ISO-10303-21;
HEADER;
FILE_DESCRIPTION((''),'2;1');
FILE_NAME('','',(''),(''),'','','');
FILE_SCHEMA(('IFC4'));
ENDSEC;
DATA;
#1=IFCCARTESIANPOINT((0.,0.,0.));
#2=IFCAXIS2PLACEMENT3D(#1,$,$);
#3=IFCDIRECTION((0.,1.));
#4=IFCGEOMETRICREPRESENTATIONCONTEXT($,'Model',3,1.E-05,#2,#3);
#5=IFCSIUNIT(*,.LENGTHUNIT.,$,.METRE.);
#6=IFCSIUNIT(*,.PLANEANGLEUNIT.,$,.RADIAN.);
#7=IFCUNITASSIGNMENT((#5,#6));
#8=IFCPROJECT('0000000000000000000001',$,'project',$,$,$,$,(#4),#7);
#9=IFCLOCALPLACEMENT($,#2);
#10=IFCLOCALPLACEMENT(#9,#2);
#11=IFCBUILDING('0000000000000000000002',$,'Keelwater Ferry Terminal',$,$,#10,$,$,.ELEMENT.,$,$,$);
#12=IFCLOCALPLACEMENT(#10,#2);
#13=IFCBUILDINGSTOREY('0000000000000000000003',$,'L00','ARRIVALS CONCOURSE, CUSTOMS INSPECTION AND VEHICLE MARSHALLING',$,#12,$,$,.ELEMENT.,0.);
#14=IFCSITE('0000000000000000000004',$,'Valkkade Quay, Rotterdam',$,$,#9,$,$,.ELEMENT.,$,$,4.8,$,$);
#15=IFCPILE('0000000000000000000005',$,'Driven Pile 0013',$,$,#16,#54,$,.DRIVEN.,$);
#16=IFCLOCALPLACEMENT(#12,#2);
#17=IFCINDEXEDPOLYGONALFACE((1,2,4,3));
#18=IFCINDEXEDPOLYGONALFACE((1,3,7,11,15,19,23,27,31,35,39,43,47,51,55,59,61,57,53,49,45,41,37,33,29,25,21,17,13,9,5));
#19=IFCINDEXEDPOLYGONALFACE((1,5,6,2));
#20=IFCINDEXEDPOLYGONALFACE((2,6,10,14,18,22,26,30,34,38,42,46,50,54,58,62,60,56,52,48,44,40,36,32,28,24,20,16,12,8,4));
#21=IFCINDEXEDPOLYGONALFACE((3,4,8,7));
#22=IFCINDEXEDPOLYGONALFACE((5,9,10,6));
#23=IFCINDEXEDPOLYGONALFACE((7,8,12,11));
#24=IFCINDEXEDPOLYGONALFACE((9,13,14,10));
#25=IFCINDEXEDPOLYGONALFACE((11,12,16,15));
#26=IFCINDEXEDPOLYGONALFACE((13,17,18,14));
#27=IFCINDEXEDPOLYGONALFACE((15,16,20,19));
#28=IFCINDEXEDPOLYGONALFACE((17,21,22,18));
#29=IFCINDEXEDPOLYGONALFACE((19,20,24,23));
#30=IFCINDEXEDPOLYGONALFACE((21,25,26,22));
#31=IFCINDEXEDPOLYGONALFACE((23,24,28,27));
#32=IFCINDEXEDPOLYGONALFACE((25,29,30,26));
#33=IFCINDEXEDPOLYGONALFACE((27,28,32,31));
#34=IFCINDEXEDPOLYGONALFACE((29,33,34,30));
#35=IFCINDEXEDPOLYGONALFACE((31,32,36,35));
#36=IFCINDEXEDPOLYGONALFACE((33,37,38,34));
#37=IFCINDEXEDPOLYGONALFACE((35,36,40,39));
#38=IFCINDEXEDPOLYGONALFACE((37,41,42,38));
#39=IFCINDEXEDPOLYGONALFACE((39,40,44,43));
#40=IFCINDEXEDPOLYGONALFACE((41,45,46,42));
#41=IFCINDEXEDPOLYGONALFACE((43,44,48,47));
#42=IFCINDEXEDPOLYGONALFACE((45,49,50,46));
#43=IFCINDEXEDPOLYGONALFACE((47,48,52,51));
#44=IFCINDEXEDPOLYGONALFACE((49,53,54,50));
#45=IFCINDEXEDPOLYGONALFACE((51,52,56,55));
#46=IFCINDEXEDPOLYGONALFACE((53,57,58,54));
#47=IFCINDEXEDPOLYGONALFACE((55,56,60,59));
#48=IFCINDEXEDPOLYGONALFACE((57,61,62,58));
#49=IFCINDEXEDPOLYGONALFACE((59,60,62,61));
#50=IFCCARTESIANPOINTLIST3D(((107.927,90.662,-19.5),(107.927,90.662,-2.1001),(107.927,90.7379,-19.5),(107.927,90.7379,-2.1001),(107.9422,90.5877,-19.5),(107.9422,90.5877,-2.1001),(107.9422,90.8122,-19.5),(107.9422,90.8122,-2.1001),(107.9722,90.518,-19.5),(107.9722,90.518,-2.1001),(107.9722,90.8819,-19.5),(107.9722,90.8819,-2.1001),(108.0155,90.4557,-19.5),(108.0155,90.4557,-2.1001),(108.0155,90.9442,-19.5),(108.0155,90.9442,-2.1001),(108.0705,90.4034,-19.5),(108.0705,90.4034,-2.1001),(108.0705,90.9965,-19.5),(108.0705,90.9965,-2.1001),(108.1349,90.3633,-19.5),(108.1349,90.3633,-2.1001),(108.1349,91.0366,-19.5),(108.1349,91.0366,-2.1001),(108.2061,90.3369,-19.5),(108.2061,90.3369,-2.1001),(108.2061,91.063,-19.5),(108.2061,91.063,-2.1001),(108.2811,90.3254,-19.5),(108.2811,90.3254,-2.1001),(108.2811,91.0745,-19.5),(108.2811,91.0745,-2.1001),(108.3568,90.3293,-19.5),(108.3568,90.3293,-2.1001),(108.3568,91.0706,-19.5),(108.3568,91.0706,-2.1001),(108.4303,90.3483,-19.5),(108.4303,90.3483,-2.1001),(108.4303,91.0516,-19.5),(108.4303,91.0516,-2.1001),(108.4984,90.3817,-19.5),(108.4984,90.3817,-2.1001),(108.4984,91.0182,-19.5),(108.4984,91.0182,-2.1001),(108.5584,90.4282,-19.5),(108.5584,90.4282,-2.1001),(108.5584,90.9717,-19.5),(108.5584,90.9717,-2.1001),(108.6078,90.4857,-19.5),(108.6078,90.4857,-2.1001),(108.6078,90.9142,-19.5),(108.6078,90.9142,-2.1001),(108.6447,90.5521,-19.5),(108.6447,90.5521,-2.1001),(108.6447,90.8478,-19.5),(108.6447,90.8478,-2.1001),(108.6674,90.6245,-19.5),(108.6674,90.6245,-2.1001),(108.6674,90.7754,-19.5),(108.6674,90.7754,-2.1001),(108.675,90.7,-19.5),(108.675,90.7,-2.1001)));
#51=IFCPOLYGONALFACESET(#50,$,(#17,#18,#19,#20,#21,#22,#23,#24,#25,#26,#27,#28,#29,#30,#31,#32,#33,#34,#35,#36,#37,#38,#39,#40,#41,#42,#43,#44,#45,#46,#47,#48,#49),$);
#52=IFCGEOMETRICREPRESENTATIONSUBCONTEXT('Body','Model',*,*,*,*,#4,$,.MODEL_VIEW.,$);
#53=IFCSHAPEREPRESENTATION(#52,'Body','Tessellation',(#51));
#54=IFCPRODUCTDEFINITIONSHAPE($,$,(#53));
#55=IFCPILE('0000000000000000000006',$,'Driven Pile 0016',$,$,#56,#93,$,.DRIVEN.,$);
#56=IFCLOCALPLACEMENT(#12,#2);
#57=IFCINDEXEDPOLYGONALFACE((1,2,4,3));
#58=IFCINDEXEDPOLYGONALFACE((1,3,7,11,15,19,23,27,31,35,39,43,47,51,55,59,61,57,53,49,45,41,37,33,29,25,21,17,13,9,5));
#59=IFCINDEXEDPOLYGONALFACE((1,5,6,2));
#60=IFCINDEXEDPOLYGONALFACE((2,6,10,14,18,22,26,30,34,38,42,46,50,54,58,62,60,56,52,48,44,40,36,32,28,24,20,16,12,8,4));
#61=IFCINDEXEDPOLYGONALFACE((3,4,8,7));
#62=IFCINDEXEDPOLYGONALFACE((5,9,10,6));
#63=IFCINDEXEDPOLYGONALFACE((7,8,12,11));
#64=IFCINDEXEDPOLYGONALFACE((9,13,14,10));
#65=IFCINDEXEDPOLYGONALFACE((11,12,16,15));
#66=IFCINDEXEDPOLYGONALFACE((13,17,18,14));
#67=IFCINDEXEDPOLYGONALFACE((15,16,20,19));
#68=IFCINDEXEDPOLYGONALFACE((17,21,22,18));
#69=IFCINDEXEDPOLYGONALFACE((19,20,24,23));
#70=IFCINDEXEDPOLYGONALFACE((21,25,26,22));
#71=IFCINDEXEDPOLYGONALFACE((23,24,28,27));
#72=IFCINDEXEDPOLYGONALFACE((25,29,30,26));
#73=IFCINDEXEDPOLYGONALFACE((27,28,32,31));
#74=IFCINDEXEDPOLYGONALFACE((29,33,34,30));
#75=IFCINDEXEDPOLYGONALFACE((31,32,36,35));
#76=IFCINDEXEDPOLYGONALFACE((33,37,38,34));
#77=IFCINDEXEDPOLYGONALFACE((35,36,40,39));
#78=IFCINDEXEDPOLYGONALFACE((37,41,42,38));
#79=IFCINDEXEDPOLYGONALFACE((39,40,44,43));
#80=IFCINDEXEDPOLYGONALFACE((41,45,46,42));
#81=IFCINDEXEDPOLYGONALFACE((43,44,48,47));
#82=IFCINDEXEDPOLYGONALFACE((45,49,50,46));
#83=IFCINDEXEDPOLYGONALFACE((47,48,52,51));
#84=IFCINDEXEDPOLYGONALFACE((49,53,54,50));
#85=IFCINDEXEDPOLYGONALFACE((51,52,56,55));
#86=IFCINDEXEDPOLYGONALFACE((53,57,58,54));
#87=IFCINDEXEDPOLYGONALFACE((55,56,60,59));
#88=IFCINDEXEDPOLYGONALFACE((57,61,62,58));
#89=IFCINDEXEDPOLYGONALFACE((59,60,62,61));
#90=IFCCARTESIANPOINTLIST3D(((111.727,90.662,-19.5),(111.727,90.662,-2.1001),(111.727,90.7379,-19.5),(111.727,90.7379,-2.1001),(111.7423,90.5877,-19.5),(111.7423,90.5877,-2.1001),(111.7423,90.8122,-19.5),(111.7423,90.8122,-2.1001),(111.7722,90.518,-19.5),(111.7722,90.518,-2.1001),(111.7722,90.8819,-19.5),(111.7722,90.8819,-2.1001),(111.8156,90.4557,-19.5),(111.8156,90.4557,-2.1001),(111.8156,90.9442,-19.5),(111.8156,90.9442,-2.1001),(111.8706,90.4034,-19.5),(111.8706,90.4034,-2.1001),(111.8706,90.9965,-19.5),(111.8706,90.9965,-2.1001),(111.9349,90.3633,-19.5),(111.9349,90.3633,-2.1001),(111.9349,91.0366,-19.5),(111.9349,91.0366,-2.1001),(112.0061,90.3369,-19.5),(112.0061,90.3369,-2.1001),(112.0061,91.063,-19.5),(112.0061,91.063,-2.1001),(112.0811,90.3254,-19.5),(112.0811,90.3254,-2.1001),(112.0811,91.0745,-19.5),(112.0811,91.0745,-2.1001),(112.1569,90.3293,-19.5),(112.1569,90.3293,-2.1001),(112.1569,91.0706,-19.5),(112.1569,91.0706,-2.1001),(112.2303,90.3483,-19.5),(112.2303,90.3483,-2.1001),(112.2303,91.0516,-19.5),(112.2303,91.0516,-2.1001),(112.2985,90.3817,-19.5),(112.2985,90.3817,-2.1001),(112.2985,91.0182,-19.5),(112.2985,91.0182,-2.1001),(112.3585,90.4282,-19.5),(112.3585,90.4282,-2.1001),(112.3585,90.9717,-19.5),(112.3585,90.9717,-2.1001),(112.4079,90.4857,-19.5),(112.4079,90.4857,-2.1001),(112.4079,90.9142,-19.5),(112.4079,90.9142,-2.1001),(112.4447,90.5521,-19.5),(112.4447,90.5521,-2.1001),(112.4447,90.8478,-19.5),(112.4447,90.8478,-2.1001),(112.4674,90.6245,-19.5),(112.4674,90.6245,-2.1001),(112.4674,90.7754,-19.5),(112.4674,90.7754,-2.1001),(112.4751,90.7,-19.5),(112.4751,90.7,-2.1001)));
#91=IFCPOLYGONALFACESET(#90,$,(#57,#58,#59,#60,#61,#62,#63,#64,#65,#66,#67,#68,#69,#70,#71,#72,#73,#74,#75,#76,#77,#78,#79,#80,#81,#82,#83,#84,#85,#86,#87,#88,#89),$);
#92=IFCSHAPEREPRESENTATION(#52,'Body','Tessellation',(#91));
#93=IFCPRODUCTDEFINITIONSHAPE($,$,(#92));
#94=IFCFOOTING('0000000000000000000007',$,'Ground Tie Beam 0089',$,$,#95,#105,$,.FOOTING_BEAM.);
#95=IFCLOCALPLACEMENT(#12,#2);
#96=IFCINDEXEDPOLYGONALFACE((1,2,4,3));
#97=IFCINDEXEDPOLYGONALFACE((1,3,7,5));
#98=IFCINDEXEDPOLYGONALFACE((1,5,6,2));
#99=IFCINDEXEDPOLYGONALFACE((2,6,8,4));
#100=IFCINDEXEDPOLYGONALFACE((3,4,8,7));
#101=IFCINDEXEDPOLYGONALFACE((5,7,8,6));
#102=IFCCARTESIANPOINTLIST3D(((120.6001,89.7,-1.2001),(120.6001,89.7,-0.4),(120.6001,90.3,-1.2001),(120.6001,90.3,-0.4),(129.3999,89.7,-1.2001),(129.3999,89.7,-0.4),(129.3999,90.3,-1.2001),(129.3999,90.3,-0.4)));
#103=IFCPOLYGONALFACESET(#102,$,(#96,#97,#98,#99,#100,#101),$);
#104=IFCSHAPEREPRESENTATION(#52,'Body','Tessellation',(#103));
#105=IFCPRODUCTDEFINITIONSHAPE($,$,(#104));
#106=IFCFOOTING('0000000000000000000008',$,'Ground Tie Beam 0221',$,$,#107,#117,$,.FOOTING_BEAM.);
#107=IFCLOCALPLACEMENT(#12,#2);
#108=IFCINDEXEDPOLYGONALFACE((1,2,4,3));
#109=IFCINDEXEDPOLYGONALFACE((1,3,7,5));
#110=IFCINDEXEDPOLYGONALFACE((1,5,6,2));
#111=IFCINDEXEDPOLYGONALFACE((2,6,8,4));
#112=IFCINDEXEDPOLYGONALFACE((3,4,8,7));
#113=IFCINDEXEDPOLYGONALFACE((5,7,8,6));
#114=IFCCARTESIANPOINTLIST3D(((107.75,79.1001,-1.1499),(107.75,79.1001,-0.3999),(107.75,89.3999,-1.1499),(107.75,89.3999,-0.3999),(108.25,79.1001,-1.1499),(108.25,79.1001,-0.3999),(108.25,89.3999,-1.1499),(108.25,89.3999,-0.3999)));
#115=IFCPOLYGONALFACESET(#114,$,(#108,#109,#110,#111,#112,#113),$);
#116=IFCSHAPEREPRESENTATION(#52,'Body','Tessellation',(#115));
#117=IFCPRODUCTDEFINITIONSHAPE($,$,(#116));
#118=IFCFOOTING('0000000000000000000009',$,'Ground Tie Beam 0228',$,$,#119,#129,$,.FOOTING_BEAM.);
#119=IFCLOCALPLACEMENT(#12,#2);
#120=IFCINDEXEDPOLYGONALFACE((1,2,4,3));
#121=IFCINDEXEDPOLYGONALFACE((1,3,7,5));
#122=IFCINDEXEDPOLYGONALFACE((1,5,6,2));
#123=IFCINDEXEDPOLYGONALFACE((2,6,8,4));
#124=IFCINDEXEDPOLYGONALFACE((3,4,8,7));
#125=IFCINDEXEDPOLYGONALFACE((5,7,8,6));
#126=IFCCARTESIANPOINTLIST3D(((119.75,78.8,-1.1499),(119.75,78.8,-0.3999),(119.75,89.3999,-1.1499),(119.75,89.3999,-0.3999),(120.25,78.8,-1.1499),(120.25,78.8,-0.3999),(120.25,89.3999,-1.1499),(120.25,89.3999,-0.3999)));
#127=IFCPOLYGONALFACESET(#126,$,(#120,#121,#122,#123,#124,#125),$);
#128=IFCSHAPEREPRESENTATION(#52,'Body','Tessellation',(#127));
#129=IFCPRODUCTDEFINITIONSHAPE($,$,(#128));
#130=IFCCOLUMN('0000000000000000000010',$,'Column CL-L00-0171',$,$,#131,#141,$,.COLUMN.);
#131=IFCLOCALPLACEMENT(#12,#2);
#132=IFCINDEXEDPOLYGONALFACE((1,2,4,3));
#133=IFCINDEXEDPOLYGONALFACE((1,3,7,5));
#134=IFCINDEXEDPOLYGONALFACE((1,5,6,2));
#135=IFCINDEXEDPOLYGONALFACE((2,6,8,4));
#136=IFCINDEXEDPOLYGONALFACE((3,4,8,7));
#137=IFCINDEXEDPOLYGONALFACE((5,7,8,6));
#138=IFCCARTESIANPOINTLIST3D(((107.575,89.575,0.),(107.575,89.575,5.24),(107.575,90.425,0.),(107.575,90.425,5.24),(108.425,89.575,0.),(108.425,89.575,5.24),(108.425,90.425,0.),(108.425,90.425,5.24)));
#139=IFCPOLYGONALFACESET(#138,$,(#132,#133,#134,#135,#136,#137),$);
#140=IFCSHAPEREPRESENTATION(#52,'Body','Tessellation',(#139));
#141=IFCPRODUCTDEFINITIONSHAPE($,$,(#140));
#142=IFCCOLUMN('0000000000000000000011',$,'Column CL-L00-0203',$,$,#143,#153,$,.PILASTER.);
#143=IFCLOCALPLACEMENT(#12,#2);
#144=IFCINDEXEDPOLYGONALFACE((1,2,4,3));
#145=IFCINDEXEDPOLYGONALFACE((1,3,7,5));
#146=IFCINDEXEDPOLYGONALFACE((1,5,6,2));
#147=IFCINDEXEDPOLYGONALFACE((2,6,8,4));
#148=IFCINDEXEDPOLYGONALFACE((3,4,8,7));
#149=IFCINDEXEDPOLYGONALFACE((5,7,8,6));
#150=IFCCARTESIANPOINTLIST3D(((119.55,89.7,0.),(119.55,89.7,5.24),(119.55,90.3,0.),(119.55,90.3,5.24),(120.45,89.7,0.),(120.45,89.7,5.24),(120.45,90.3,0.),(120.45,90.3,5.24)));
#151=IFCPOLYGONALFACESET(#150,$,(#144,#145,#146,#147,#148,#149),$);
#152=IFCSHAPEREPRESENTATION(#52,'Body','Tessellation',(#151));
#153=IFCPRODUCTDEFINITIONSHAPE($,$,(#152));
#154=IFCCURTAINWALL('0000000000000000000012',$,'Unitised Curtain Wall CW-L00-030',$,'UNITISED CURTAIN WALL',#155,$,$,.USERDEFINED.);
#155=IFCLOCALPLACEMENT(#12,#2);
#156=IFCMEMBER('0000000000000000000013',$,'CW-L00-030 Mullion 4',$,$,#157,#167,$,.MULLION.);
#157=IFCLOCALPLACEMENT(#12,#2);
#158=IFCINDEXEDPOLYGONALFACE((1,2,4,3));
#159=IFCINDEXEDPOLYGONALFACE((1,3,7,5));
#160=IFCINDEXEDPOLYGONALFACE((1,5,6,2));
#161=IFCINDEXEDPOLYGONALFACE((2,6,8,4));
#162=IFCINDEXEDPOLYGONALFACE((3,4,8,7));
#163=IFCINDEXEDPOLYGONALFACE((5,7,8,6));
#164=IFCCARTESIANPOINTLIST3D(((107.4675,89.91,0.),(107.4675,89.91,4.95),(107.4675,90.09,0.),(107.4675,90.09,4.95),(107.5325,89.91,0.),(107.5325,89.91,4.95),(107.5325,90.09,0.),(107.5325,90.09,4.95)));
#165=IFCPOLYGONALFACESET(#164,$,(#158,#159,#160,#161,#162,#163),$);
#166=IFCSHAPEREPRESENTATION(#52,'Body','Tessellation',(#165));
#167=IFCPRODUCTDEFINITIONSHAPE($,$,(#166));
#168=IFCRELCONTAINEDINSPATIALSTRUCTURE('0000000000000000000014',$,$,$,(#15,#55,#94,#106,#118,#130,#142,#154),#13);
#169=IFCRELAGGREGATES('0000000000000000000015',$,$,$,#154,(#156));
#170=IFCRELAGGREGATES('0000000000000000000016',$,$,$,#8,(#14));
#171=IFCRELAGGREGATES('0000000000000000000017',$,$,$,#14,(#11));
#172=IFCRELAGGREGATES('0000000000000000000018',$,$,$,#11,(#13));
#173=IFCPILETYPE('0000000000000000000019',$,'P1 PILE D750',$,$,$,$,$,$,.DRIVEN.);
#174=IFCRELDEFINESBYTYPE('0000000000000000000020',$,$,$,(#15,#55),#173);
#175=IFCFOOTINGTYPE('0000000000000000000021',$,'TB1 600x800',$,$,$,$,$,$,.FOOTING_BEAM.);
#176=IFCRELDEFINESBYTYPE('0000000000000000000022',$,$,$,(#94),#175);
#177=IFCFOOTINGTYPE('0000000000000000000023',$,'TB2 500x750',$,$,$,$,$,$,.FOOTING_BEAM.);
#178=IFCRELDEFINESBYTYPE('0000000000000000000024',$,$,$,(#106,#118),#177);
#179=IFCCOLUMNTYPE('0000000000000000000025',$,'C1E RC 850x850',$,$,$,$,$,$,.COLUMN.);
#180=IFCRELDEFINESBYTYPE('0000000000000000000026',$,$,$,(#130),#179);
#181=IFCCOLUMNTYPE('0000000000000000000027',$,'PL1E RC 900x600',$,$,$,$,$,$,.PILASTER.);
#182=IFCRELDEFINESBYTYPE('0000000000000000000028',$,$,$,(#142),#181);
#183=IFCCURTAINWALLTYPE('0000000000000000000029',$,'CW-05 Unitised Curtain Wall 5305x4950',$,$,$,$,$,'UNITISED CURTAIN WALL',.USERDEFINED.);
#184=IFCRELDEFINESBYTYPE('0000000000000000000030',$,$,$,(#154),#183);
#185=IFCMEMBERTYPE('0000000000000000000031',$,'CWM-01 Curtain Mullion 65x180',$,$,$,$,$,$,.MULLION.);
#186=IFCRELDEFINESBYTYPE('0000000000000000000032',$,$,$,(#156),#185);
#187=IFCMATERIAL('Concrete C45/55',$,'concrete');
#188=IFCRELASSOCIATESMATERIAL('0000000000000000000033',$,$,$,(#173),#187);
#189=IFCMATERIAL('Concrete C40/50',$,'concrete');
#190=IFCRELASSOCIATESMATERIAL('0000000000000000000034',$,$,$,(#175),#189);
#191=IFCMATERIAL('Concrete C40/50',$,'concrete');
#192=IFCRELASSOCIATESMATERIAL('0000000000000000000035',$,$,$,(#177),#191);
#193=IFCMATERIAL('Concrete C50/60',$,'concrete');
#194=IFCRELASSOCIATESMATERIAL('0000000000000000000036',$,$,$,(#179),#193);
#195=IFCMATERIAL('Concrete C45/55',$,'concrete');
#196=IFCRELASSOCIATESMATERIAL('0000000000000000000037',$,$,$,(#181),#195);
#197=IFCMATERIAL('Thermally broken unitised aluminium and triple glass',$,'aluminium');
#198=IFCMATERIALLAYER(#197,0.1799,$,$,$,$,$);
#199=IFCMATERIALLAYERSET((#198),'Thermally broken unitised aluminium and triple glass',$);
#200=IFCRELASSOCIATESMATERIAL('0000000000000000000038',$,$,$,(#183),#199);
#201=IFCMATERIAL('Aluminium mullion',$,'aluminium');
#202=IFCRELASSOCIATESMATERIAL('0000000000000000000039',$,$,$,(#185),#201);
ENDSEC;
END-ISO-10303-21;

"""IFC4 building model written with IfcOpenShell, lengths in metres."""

from ifc_helpers import new_model, si_unit, direction, frame, origin, origin_2d, place, context, subcontext, project, spatial, rectangle, circle, extrude, material, layer, layer_set, material_profile, profile_set, type_object, element, aggregate, save


model = new_model("IFC4")

# Units and contexts
model_context = context("Model", 3, precision=1e-05, world=origin(), true_north=direction((0.0, 1.0)))
body_context = subcontext(model_context, "Body", "Model", "MODEL_VIEW")
ifc_project = project(units=[si_unit("LENGTHUNIT", "METRE"), si_unit("PLANEANGLEUNIT", "RADIAN")], contexts=[model_context])

# Site, building, storey
site_placement = place(None, origin())
site = spatial("IfcSite", under=ifc_project, at=site_placement, Name="Valkkade Quay, Rotterdam", CompositionType="ELEMENT", RefElevation=4.8)
building_placement = place(site_placement, origin())
building = spatial("IfcBuilding", under=site, at=building_placement, Name="Keelwater Ferry Terminal", CompositionType="ELEMENT")
storey_placement = place(building_placement, origin())
storey = spatial("IfcBuildingStorey", under=building, at=storey_placement, Name="L00", Description="ARRIVALS CONCOURSE, CUSTOMS INSPECTION AND VEHICLE MARSHALLING", CompositionType="ELEMENT", Elevation=0.0)

# Piles
ifc_material_1 = material(Name="Concrete C45/55", Category="concrete")
ifc_material_profile_1 = material_profile(ifc_material_1, circle(Radius=0.375, at=origin_2d()), Name="PILE D750")
ifc_profile_set_1 = profile_set([ifc_material_profile_1], Name="Concrete C45/55")
pile_type = type_object("IfcPileType", Name="P1 PILE D750", PredefinedType="DRIVEN", material=ifc_profile_set_1)
for number, where, z_axis, x_axis, name in (
    (1, (108.3, 90.7, -2.1001), (0.0, 0.0, -1.0), (1.0, 0.0, 0.0), "Driven Pile 0013"),
    (2, (112.1001, 90.7, -2.1001), (0.0, 0.0, -1.0), (1.0, 0.0, 0.0), "Driven Pile 0016"),
):
    element("IfcPile", number, at=place(storey_placement, frame(where, z_axis=z_axis, x_axis=x_axis)), inside=storey, type_object=pile_type, Name=name, PredefinedType="DRIVEN", context=body_context, shape_type="SweptSolid", body=[
        extrude(circle(Radius=0.375, at=origin_2d()), origin(), (0.0, 0.0, 1.0), 17.3999),
    ])

# Footings
ifc_material_2 = material(Name="Concrete C40/50", Category="concrete")
ifc_material_profile_2 = material_profile(ifc_material_2, rectangle(XDim=0.6001, YDim=0.8, at=origin_2d()), Name="TB 600x800")
ifc_profile_set_2 = profile_set([ifc_material_profile_2], Name="Concrete C40/50")
footing_type_1 = type_object("IfcFootingType", Name="TB1 600x800", PredefinedType="FOOTING_BEAM", material=ifc_profile_set_2)
footing_1_placement = place(storey_placement, frame((120.6001, 90.0, -0.8), z_axis=(1.0, 0.0, 0.0), x_axis=(0.0, 1.0, 0.0)))
element("IfcFooting", 3, at=footing_1_placement, inside=storey, type_object=footing_type_1, Name="Ground Tie Beam 0089", PredefinedType="FOOTING_BEAM", context=body_context, shape_type="SweptSolid", body=[
    extrude(rectangle(XDim=0.6001, YDim=0.8, at=origin_2d()), origin(), (0.0, 0.0, 1.0), 8.7998),
])
ifc_material_3 = material(Name="Concrete C40/50", Category="concrete")
ifc_material_profile_3 = material_profile(ifc_material_3, rectangle(XDim=0.5, YDim=0.75, at=origin_2d()), Name="TB 500x750")
ifc_profile_set_3 = profile_set([ifc_material_profile_3], Name="Concrete C40/50")
footing_type_2 = type_object("IfcFootingType", Name="TB2 500x750", PredefinedType="FOOTING_BEAM", material=ifc_profile_set_3)
footing_2_placement = place(storey_placement, frame((108.0, 79.1001, -0.7749), z_axis=(0.0, 1.0, 0.0), x_axis=(-1.0, 0.0, 0.0)))
element("IfcFooting", 4, at=footing_2_placement, inside=storey, type_object=footing_type_2, Name="Ground Tie Beam 0221", PredefinedType="FOOTING_BEAM", context=body_context, shape_type="SweptSolid", body=[
    extrude(rectangle(XDim=0.5, YDim=0.75, at=origin_2d()), origin(), (0.0, 0.0, 1.0), 10.2998),
])
footing_3_placement = place(storey_placement, frame((120.0, 78.8, -0.7749), z_axis=(0.0, 1.0, 0.0), x_axis=(-1.0, 0.0, 0.0)))
element("IfcFooting", 5, at=footing_3_placement, inside=storey, type_object=footing_type_2, Name="Ground Tie Beam 0228", PredefinedType="FOOTING_BEAM", context=body_context, shape_type="SweptSolid", body=[
    extrude(rectangle(XDim=0.5, YDim=0.75, at=origin_2d()), origin(), (0.0, 0.0, 1.0), 10.5999),
])

# Columns
ifc_material_4 = material(Name="Concrete C50/60", Category="concrete")
ifc_material_profile_4 = material_profile(ifc_material_4, rectangle(XDim=0.8501, YDim=0.8501, at=origin_2d()), Name="RC 850x850")
ifc_profile_set_4 = profile_set([ifc_material_profile_4], Name="Concrete C50/60")
column_type_1 = type_object("IfcColumnType", Name="C1E RC 850x850", PredefinedType="COLUMN", material=ifc_profile_set_4)
column_1_placement = place(storey_placement, frame((108.0, 90.0, 0.0), z_axis=(0.0, 0.0, 1.0), x_axis=(1.0, 0.0, 0.0)))
element("IfcColumn", 6, at=column_1_placement, inside=storey, type_object=column_type_1, Name="Column CL-L00-0171", PredefinedType="COLUMN", context=body_context, shape_type="SweptSolid", body=[
    extrude(rectangle(XDim=0.8501, YDim=0.8501, at=origin_2d()), origin(), (0.0, 0.0, 1.0), 5.24),
])
ifc_material_5 = material(Name="Concrete C45/55", Category="concrete")
ifc_material_profile_5 = material_profile(ifc_material_5, rectangle(XDim=0.6001, YDim=0.8999, at=origin_2d()), Name="RC 900x600")
ifc_profile_set_5 = profile_set([ifc_material_profile_5], Name="Concrete C45/55")
column_type_2 = type_object("IfcColumnType", Name="PL1E RC 900x600", PredefinedType="PILASTER", material=ifc_profile_set_5)
column_2_placement = place(storey_placement, frame((120.0, 90.0, 0.0), z_axis=(0.0, 0.0, 1.0), x_axis=(0.0, 1.0, 0.0)))
element("IfcColumn", 7, at=column_2_placement, inside=storey, type_object=column_type_2, Name="Column CL-L00-0203", PredefinedType="PILASTER", context=body_context, shape_type="SweptSolid", body=[
    extrude(rectangle(XDim=0.6001, YDim=0.8999, at=origin_2d()), origin(), (0.0, 0.0, 1.0), 5.24),
])

# Curtain wall, member
ifc_material_6 = material(Name="Thermally broken unitised aluminium and triple glass", Category="aluminium")
ifc_layer_1 = layer(ifc_material_6, 0.1799)
ifc_layer_set_1 = layer_set([ifc_layer_1], Name="Thermally broken unitised aluminium and triple glass")
curtain_wall_type = type_object("IfcCurtainWallType", Name="CW-05 Unitised Curtain Wall 5305x4950", ElementType="UNITISED CURTAIN WALL", PredefinedType="USERDEFINED", material=ifc_layer_set_1)
curtain_wall_placement = place(storey_placement, origin())
curtain_wall = element("IfcCurtainWall", 8, at=curtain_wall_placement, inside=storey, type_object=curtain_wall_type, Name="Unitised Curtain Wall CW-L00-030", ObjectType="UNITISED CURTAIN WALL", PredefinedType="USERDEFINED")
ifc_material_7 = material(Name="Aluminium mullion", Category="aluminium")
ifc_material_profile_6 = material_profile(ifc_material_7, rectangle(XDim=0.0649, YDim=0.1799, at=origin_2d()), Name="CWM-01")
ifc_profile_set_6 = profile_set([ifc_material_profile_6], Name="Aluminium mullion")
member_type = type_object("IfcMemberType", Name="CWM-01 Curtain Mullion 65x180", PredefinedType="MULLION", material=ifc_profile_set_6)
member_placement = place(storey_placement, frame((107.5, 90.0, 0.0), z_axis=(0.0, 0.0, 1.0), x_axis=(1.0, 0.0, 0.0)))
member = element("IfcMember", 9, at=member_placement, type_object=member_type, Name="CW-L00-030 Mullion 4", PredefinedType="MULLION", context=body_context, shape_type="SweptSolid", body=[
    extrude(rectangle(XDim=0.0649, YDim=0.1799, at=origin_2d()), origin(), (0.0, 0.0, 1.0), 4.95),
])

aggregate(curtain_wall, [member])

save(model, "model.ifc")
